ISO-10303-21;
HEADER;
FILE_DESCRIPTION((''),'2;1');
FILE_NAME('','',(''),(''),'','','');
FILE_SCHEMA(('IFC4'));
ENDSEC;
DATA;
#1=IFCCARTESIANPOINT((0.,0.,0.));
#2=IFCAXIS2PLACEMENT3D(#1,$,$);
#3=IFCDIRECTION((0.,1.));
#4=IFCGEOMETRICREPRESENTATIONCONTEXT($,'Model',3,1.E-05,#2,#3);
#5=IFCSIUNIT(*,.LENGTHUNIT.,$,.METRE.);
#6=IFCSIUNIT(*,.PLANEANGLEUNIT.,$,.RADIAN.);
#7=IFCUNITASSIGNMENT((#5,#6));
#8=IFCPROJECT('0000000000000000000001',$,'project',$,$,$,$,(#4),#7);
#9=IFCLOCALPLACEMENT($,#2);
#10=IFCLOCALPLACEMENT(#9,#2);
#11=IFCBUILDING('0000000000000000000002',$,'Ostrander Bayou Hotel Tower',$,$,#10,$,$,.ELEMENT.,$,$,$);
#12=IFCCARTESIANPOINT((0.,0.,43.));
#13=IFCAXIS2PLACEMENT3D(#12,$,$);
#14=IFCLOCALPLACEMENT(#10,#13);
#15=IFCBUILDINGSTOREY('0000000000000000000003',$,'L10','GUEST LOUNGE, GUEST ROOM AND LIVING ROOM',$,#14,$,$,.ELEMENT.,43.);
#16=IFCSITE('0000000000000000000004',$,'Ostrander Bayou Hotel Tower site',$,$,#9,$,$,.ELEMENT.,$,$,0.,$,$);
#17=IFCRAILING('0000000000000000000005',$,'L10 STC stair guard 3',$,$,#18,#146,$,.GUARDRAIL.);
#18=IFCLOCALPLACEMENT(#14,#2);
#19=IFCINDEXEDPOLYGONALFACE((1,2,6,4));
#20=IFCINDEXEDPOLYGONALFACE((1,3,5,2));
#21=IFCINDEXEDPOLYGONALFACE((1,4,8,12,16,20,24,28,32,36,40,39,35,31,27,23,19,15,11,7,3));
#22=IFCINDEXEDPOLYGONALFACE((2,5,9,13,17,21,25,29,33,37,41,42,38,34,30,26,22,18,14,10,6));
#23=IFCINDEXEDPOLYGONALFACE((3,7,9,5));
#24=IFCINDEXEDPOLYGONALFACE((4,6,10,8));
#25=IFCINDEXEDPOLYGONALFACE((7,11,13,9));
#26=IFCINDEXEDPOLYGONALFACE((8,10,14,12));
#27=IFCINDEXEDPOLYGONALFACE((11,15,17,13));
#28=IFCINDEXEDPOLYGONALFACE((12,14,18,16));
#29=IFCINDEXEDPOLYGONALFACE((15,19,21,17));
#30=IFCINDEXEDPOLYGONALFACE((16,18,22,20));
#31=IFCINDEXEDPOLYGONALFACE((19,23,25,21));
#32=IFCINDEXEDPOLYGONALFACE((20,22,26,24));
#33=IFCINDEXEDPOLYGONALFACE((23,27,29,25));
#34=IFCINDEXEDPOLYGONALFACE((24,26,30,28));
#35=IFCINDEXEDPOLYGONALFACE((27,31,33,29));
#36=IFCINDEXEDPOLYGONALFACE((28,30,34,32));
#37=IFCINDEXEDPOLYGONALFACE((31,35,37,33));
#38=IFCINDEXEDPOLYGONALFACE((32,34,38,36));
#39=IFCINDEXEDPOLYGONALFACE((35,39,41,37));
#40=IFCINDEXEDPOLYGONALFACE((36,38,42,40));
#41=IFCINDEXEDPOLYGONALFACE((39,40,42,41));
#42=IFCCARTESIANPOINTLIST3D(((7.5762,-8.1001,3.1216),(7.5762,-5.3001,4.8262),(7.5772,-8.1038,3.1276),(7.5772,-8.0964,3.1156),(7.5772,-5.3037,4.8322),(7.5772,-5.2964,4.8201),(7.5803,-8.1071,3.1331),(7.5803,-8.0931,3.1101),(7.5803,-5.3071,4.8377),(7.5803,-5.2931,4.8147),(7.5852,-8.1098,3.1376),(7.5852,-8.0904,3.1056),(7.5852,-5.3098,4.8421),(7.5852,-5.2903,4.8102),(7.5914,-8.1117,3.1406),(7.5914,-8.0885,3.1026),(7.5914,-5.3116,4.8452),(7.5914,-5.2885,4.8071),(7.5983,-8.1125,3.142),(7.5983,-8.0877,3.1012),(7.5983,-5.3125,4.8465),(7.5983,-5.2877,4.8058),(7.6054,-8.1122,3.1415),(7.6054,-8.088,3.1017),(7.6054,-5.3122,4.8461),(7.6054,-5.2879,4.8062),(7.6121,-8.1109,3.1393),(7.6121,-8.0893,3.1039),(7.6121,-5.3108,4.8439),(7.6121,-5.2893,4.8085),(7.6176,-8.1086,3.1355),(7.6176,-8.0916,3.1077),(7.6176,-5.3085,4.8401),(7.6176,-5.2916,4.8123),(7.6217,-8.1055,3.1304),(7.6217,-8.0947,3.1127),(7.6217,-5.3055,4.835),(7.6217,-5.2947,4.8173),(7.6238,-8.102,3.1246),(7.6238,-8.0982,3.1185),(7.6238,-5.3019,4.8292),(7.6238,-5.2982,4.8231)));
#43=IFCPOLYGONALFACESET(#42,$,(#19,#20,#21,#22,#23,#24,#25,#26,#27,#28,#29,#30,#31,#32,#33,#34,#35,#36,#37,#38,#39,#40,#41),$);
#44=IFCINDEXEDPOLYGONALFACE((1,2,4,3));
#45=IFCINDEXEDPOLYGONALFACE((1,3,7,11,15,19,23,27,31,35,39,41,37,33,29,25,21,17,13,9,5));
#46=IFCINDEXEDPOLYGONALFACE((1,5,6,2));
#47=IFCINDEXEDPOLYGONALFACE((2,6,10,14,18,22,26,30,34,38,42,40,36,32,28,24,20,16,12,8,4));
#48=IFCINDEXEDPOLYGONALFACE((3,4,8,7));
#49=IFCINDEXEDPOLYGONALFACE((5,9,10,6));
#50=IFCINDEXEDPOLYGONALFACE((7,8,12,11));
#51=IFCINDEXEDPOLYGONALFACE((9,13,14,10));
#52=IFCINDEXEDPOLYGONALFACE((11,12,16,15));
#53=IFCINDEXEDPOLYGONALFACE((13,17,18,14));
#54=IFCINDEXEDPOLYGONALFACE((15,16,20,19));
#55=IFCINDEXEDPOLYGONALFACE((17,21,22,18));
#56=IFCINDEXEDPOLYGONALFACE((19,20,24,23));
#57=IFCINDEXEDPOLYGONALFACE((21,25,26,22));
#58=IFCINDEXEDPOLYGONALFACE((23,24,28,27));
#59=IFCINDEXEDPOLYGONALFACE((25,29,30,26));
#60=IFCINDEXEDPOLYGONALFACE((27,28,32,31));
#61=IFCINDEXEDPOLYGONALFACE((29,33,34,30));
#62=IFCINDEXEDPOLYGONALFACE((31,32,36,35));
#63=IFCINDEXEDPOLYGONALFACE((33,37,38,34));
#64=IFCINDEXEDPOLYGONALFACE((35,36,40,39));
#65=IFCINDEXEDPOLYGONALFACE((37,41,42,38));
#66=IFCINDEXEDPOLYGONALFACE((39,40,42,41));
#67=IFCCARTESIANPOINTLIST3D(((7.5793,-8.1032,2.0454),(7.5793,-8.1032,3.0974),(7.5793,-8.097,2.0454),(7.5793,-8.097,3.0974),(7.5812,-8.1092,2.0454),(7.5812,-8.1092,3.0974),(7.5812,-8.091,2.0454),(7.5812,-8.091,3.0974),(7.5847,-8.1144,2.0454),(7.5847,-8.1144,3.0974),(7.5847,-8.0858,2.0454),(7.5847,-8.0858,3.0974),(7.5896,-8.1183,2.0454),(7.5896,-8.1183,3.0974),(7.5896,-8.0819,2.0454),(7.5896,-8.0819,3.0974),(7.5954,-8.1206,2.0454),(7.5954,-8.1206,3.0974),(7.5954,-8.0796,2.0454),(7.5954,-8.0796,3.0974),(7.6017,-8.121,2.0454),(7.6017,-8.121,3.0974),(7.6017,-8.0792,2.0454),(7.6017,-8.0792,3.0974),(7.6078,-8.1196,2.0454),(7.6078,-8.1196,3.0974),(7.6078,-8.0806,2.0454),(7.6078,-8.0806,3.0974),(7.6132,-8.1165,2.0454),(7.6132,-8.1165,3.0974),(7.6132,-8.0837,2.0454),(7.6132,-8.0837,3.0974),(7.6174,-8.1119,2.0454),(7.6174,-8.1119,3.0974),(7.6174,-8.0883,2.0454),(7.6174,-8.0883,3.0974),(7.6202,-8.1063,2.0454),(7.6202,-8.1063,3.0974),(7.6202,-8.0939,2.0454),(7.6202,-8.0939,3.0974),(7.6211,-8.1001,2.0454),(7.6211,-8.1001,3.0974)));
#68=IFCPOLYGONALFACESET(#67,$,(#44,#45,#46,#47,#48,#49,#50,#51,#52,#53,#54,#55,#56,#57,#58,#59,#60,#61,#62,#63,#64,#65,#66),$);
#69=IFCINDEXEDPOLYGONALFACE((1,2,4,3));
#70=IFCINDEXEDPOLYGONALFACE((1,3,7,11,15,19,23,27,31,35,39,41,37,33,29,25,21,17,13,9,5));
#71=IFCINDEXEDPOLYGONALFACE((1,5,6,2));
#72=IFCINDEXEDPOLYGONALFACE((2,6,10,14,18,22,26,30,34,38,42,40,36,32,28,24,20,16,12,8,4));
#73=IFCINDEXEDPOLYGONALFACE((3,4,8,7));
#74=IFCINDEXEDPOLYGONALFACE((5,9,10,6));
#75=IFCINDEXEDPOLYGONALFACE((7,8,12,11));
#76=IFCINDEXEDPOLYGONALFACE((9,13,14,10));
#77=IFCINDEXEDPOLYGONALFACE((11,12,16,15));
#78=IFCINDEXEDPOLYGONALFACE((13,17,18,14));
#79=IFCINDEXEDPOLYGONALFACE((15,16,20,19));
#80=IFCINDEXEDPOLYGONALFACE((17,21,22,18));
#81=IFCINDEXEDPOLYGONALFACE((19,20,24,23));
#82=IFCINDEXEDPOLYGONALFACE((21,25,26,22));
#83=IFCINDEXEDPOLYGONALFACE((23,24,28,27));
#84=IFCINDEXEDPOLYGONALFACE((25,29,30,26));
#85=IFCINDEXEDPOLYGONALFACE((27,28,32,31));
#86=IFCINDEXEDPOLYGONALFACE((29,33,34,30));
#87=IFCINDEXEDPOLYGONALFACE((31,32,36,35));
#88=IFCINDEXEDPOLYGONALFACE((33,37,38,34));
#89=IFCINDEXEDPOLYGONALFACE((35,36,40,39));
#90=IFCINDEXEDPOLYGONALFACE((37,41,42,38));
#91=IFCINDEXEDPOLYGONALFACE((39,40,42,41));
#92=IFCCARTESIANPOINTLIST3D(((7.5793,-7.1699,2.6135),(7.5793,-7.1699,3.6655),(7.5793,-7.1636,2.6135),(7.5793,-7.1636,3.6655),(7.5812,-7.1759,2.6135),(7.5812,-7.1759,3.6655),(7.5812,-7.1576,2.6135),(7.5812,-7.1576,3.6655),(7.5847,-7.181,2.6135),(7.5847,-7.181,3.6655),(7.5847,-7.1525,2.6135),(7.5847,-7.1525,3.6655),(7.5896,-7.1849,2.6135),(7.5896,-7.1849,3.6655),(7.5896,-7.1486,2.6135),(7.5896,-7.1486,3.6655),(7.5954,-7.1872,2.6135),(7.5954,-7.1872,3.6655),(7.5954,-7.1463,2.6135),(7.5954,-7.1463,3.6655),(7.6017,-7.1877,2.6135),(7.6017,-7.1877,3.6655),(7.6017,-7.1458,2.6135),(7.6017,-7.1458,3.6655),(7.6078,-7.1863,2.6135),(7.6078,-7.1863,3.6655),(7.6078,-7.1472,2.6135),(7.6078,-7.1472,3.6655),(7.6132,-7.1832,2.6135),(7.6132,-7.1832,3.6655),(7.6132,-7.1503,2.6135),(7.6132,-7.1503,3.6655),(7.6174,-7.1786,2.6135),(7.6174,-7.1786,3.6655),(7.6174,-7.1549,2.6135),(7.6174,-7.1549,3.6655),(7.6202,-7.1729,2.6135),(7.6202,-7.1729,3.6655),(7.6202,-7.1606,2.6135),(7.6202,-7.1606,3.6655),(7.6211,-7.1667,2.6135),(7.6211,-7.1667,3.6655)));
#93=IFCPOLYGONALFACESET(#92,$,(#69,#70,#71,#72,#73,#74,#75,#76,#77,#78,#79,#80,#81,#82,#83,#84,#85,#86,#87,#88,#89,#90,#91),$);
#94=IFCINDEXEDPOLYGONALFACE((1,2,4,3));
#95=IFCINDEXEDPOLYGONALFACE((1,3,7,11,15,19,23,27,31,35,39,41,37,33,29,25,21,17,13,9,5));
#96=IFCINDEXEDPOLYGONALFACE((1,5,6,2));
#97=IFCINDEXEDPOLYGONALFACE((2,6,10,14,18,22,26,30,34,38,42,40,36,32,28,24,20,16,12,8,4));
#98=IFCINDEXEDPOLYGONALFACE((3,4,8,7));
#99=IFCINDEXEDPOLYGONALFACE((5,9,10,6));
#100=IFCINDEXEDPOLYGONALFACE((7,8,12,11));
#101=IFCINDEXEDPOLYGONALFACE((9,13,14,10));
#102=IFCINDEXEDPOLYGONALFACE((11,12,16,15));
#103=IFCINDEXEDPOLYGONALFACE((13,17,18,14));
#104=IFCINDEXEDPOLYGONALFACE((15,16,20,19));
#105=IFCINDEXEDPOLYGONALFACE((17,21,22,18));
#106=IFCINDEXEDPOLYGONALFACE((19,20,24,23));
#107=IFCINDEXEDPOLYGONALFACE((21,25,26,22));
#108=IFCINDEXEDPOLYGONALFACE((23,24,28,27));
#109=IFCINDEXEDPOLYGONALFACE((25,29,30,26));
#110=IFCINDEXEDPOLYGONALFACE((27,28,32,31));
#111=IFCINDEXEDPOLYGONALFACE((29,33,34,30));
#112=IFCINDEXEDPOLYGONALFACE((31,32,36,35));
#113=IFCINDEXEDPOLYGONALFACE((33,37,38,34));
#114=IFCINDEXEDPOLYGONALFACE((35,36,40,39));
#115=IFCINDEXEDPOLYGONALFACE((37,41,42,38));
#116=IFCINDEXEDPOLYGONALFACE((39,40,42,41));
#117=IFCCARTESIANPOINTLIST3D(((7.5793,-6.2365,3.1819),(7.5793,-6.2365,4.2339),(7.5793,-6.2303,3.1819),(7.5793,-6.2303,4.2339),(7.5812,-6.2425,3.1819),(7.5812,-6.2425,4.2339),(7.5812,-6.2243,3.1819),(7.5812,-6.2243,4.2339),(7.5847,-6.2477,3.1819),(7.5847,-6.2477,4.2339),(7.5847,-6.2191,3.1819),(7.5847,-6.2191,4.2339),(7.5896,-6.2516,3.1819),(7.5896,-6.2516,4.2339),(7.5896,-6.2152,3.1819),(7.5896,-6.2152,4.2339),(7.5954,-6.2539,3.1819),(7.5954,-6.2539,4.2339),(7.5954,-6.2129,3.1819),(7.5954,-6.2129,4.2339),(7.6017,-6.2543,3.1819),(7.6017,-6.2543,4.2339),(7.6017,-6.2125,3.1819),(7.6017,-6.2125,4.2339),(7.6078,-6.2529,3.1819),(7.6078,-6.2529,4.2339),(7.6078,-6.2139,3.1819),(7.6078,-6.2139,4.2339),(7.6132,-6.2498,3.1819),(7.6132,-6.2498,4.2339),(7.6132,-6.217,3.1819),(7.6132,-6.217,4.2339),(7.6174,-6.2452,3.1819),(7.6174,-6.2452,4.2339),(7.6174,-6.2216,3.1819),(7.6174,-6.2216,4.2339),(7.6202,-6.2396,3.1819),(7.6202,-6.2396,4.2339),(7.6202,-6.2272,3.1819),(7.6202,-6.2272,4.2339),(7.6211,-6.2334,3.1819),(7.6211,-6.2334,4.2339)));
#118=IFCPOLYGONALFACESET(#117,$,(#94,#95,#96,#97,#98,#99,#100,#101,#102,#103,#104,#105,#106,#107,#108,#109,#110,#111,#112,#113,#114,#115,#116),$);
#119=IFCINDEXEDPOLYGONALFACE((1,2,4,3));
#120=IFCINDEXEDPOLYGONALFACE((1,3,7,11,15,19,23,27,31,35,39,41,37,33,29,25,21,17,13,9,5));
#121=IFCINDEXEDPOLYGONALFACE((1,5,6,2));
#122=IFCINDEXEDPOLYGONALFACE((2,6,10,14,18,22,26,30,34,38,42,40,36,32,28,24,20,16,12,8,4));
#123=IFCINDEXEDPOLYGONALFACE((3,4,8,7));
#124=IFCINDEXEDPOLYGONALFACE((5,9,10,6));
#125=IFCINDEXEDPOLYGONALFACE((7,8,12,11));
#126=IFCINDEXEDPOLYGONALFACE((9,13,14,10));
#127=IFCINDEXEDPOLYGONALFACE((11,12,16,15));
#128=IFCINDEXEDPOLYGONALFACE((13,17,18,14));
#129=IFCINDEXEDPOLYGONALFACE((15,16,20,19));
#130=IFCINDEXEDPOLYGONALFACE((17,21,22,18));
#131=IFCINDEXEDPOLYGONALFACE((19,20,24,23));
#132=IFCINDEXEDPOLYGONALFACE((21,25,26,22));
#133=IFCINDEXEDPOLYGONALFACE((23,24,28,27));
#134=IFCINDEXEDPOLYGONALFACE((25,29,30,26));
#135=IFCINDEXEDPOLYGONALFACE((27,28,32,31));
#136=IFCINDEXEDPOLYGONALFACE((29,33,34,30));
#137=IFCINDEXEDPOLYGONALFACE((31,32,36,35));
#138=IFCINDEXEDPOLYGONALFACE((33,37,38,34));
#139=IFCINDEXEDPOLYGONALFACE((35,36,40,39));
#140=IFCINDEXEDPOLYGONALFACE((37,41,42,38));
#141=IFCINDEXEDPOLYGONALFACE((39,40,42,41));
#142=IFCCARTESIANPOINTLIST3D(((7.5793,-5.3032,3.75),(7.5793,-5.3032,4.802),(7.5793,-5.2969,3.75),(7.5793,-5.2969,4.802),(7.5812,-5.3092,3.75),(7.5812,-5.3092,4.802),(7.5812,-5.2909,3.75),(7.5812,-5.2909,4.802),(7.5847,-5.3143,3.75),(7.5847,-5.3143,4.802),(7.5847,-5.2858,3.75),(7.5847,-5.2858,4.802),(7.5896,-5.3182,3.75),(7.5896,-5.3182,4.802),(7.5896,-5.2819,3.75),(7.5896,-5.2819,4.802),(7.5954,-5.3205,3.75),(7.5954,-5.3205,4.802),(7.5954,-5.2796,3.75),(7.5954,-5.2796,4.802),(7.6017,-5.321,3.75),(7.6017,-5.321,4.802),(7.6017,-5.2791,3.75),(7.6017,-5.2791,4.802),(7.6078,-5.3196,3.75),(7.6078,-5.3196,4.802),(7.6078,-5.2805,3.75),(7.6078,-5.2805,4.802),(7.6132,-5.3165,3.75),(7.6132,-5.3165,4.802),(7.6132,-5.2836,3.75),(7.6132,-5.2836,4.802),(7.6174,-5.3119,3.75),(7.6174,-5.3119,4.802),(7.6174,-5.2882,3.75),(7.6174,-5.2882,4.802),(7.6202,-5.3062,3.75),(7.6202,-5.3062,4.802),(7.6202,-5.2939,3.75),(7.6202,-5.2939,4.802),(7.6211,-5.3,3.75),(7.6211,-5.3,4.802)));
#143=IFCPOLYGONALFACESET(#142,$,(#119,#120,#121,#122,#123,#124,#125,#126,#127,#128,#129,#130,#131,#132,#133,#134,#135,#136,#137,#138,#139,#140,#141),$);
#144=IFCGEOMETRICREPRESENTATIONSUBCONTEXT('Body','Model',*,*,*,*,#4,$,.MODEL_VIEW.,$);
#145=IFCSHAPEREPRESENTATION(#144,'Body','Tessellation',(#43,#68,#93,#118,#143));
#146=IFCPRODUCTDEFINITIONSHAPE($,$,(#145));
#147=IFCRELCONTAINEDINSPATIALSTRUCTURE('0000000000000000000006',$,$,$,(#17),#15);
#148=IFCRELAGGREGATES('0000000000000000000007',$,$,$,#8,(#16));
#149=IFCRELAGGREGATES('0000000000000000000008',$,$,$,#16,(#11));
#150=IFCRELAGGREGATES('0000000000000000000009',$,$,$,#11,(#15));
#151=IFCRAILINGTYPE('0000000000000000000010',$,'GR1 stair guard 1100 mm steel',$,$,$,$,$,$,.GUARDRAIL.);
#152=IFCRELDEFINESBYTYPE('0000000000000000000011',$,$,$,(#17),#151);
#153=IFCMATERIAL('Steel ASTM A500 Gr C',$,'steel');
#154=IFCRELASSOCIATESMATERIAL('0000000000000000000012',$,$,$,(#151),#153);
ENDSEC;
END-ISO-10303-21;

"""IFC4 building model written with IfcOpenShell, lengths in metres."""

from ifc_helpers import new_model, si_unit, direction, frame, origin, origin_2d, place, context, subcontext, project, spatial, circle, extrude, material, type_object, element, save


model = new_model("IFC4")

# Units and contexts
model_context = context("Model", 3, precision=1e-05, world=origin(), true_north=direction((0.0, 1.0)))
body_context = subcontext(model_context, "Body", "Model", "MODEL_VIEW")
ifc_project = project(units=[si_unit("LENGTHUNIT", "METRE"), si_unit("PLANEANGLEUNIT", "RADIAN")], contexts=[model_context])

# Site, building, storey
site_placement = place(None, origin())
site = spatial("IfcSite", under=ifc_project, at=site_placement, Name="Ostrander Bayou Hotel Tower site", CompositionType="ELEMENT", RefElevation=0.0)
building_placement = place(site_placement, origin())
building = spatial("IfcBuilding", under=site, at=building_placement, Name="Ostrander Bayou Hotel Tower", CompositionType="ELEMENT")
storey_placement = place(building_placement, frame((0.0, 0.0, 43.0)))
storey = spatial("IfcBuildingStorey", under=building, at=storey_placement, Name="L10", Description="GUEST LOUNGE, GUEST ROOM AND LIVING ROOM", CompositionType="ELEMENT", Elevation=43.0)

# Railing
ifc_material_1 = material(Name="Steel ASTM A500 Gr C", Category="steel")
railing_type = type_object("IfcRailingType", Name="GR1 stair guard 1100 mm steel", PredefinedType="GUARDRAIL", material=ifc_material_1)
railing_1_placement = place(storey_placement, frame((7.6001, -8.1001, 2.0454)))
element("IfcRailing", 1, at=railing_1_placement, inside=storey, type_object=railing_type, Name="L10 STC stair guard 3", PredefinedType="GUARDRAIL", context=body_context, shape_type="SweptSolid", body=[
    extrude(circle(Radius=0.0239, at=origin_2d()), frame((0.0, 0.0, 1.0762), z_axis=(0.0, 0.85417, 0.519994), x_axis=(-1.0, 0.0, 0.0)), (0.0, 0.0, 1.0), 3.2781),
    extrude(circle(Radius=0.021, at=origin_2d()), origin(), (0.0, 0.0, 1.0), 1.052),
    extrude(circle(Radius=0.021, at=origin_2d()), frame((0.0, 0.9333, 0.5681)), (0.0, 0.0, 1.0), 1.052),
    extrude(circle(Radius=0.021, at=origin_2d()), frame((0.0, 1.8667, 1.1365)), (0.0, 0.0, 1.0), 1.052),
    extrude(circle(Radius=0.021, at=origin_2d()), frame((0.0, 2.8, 1.7046)), (0.0, 0.0, 1.0), 1.052),
])

save(model, "model.ifc")
